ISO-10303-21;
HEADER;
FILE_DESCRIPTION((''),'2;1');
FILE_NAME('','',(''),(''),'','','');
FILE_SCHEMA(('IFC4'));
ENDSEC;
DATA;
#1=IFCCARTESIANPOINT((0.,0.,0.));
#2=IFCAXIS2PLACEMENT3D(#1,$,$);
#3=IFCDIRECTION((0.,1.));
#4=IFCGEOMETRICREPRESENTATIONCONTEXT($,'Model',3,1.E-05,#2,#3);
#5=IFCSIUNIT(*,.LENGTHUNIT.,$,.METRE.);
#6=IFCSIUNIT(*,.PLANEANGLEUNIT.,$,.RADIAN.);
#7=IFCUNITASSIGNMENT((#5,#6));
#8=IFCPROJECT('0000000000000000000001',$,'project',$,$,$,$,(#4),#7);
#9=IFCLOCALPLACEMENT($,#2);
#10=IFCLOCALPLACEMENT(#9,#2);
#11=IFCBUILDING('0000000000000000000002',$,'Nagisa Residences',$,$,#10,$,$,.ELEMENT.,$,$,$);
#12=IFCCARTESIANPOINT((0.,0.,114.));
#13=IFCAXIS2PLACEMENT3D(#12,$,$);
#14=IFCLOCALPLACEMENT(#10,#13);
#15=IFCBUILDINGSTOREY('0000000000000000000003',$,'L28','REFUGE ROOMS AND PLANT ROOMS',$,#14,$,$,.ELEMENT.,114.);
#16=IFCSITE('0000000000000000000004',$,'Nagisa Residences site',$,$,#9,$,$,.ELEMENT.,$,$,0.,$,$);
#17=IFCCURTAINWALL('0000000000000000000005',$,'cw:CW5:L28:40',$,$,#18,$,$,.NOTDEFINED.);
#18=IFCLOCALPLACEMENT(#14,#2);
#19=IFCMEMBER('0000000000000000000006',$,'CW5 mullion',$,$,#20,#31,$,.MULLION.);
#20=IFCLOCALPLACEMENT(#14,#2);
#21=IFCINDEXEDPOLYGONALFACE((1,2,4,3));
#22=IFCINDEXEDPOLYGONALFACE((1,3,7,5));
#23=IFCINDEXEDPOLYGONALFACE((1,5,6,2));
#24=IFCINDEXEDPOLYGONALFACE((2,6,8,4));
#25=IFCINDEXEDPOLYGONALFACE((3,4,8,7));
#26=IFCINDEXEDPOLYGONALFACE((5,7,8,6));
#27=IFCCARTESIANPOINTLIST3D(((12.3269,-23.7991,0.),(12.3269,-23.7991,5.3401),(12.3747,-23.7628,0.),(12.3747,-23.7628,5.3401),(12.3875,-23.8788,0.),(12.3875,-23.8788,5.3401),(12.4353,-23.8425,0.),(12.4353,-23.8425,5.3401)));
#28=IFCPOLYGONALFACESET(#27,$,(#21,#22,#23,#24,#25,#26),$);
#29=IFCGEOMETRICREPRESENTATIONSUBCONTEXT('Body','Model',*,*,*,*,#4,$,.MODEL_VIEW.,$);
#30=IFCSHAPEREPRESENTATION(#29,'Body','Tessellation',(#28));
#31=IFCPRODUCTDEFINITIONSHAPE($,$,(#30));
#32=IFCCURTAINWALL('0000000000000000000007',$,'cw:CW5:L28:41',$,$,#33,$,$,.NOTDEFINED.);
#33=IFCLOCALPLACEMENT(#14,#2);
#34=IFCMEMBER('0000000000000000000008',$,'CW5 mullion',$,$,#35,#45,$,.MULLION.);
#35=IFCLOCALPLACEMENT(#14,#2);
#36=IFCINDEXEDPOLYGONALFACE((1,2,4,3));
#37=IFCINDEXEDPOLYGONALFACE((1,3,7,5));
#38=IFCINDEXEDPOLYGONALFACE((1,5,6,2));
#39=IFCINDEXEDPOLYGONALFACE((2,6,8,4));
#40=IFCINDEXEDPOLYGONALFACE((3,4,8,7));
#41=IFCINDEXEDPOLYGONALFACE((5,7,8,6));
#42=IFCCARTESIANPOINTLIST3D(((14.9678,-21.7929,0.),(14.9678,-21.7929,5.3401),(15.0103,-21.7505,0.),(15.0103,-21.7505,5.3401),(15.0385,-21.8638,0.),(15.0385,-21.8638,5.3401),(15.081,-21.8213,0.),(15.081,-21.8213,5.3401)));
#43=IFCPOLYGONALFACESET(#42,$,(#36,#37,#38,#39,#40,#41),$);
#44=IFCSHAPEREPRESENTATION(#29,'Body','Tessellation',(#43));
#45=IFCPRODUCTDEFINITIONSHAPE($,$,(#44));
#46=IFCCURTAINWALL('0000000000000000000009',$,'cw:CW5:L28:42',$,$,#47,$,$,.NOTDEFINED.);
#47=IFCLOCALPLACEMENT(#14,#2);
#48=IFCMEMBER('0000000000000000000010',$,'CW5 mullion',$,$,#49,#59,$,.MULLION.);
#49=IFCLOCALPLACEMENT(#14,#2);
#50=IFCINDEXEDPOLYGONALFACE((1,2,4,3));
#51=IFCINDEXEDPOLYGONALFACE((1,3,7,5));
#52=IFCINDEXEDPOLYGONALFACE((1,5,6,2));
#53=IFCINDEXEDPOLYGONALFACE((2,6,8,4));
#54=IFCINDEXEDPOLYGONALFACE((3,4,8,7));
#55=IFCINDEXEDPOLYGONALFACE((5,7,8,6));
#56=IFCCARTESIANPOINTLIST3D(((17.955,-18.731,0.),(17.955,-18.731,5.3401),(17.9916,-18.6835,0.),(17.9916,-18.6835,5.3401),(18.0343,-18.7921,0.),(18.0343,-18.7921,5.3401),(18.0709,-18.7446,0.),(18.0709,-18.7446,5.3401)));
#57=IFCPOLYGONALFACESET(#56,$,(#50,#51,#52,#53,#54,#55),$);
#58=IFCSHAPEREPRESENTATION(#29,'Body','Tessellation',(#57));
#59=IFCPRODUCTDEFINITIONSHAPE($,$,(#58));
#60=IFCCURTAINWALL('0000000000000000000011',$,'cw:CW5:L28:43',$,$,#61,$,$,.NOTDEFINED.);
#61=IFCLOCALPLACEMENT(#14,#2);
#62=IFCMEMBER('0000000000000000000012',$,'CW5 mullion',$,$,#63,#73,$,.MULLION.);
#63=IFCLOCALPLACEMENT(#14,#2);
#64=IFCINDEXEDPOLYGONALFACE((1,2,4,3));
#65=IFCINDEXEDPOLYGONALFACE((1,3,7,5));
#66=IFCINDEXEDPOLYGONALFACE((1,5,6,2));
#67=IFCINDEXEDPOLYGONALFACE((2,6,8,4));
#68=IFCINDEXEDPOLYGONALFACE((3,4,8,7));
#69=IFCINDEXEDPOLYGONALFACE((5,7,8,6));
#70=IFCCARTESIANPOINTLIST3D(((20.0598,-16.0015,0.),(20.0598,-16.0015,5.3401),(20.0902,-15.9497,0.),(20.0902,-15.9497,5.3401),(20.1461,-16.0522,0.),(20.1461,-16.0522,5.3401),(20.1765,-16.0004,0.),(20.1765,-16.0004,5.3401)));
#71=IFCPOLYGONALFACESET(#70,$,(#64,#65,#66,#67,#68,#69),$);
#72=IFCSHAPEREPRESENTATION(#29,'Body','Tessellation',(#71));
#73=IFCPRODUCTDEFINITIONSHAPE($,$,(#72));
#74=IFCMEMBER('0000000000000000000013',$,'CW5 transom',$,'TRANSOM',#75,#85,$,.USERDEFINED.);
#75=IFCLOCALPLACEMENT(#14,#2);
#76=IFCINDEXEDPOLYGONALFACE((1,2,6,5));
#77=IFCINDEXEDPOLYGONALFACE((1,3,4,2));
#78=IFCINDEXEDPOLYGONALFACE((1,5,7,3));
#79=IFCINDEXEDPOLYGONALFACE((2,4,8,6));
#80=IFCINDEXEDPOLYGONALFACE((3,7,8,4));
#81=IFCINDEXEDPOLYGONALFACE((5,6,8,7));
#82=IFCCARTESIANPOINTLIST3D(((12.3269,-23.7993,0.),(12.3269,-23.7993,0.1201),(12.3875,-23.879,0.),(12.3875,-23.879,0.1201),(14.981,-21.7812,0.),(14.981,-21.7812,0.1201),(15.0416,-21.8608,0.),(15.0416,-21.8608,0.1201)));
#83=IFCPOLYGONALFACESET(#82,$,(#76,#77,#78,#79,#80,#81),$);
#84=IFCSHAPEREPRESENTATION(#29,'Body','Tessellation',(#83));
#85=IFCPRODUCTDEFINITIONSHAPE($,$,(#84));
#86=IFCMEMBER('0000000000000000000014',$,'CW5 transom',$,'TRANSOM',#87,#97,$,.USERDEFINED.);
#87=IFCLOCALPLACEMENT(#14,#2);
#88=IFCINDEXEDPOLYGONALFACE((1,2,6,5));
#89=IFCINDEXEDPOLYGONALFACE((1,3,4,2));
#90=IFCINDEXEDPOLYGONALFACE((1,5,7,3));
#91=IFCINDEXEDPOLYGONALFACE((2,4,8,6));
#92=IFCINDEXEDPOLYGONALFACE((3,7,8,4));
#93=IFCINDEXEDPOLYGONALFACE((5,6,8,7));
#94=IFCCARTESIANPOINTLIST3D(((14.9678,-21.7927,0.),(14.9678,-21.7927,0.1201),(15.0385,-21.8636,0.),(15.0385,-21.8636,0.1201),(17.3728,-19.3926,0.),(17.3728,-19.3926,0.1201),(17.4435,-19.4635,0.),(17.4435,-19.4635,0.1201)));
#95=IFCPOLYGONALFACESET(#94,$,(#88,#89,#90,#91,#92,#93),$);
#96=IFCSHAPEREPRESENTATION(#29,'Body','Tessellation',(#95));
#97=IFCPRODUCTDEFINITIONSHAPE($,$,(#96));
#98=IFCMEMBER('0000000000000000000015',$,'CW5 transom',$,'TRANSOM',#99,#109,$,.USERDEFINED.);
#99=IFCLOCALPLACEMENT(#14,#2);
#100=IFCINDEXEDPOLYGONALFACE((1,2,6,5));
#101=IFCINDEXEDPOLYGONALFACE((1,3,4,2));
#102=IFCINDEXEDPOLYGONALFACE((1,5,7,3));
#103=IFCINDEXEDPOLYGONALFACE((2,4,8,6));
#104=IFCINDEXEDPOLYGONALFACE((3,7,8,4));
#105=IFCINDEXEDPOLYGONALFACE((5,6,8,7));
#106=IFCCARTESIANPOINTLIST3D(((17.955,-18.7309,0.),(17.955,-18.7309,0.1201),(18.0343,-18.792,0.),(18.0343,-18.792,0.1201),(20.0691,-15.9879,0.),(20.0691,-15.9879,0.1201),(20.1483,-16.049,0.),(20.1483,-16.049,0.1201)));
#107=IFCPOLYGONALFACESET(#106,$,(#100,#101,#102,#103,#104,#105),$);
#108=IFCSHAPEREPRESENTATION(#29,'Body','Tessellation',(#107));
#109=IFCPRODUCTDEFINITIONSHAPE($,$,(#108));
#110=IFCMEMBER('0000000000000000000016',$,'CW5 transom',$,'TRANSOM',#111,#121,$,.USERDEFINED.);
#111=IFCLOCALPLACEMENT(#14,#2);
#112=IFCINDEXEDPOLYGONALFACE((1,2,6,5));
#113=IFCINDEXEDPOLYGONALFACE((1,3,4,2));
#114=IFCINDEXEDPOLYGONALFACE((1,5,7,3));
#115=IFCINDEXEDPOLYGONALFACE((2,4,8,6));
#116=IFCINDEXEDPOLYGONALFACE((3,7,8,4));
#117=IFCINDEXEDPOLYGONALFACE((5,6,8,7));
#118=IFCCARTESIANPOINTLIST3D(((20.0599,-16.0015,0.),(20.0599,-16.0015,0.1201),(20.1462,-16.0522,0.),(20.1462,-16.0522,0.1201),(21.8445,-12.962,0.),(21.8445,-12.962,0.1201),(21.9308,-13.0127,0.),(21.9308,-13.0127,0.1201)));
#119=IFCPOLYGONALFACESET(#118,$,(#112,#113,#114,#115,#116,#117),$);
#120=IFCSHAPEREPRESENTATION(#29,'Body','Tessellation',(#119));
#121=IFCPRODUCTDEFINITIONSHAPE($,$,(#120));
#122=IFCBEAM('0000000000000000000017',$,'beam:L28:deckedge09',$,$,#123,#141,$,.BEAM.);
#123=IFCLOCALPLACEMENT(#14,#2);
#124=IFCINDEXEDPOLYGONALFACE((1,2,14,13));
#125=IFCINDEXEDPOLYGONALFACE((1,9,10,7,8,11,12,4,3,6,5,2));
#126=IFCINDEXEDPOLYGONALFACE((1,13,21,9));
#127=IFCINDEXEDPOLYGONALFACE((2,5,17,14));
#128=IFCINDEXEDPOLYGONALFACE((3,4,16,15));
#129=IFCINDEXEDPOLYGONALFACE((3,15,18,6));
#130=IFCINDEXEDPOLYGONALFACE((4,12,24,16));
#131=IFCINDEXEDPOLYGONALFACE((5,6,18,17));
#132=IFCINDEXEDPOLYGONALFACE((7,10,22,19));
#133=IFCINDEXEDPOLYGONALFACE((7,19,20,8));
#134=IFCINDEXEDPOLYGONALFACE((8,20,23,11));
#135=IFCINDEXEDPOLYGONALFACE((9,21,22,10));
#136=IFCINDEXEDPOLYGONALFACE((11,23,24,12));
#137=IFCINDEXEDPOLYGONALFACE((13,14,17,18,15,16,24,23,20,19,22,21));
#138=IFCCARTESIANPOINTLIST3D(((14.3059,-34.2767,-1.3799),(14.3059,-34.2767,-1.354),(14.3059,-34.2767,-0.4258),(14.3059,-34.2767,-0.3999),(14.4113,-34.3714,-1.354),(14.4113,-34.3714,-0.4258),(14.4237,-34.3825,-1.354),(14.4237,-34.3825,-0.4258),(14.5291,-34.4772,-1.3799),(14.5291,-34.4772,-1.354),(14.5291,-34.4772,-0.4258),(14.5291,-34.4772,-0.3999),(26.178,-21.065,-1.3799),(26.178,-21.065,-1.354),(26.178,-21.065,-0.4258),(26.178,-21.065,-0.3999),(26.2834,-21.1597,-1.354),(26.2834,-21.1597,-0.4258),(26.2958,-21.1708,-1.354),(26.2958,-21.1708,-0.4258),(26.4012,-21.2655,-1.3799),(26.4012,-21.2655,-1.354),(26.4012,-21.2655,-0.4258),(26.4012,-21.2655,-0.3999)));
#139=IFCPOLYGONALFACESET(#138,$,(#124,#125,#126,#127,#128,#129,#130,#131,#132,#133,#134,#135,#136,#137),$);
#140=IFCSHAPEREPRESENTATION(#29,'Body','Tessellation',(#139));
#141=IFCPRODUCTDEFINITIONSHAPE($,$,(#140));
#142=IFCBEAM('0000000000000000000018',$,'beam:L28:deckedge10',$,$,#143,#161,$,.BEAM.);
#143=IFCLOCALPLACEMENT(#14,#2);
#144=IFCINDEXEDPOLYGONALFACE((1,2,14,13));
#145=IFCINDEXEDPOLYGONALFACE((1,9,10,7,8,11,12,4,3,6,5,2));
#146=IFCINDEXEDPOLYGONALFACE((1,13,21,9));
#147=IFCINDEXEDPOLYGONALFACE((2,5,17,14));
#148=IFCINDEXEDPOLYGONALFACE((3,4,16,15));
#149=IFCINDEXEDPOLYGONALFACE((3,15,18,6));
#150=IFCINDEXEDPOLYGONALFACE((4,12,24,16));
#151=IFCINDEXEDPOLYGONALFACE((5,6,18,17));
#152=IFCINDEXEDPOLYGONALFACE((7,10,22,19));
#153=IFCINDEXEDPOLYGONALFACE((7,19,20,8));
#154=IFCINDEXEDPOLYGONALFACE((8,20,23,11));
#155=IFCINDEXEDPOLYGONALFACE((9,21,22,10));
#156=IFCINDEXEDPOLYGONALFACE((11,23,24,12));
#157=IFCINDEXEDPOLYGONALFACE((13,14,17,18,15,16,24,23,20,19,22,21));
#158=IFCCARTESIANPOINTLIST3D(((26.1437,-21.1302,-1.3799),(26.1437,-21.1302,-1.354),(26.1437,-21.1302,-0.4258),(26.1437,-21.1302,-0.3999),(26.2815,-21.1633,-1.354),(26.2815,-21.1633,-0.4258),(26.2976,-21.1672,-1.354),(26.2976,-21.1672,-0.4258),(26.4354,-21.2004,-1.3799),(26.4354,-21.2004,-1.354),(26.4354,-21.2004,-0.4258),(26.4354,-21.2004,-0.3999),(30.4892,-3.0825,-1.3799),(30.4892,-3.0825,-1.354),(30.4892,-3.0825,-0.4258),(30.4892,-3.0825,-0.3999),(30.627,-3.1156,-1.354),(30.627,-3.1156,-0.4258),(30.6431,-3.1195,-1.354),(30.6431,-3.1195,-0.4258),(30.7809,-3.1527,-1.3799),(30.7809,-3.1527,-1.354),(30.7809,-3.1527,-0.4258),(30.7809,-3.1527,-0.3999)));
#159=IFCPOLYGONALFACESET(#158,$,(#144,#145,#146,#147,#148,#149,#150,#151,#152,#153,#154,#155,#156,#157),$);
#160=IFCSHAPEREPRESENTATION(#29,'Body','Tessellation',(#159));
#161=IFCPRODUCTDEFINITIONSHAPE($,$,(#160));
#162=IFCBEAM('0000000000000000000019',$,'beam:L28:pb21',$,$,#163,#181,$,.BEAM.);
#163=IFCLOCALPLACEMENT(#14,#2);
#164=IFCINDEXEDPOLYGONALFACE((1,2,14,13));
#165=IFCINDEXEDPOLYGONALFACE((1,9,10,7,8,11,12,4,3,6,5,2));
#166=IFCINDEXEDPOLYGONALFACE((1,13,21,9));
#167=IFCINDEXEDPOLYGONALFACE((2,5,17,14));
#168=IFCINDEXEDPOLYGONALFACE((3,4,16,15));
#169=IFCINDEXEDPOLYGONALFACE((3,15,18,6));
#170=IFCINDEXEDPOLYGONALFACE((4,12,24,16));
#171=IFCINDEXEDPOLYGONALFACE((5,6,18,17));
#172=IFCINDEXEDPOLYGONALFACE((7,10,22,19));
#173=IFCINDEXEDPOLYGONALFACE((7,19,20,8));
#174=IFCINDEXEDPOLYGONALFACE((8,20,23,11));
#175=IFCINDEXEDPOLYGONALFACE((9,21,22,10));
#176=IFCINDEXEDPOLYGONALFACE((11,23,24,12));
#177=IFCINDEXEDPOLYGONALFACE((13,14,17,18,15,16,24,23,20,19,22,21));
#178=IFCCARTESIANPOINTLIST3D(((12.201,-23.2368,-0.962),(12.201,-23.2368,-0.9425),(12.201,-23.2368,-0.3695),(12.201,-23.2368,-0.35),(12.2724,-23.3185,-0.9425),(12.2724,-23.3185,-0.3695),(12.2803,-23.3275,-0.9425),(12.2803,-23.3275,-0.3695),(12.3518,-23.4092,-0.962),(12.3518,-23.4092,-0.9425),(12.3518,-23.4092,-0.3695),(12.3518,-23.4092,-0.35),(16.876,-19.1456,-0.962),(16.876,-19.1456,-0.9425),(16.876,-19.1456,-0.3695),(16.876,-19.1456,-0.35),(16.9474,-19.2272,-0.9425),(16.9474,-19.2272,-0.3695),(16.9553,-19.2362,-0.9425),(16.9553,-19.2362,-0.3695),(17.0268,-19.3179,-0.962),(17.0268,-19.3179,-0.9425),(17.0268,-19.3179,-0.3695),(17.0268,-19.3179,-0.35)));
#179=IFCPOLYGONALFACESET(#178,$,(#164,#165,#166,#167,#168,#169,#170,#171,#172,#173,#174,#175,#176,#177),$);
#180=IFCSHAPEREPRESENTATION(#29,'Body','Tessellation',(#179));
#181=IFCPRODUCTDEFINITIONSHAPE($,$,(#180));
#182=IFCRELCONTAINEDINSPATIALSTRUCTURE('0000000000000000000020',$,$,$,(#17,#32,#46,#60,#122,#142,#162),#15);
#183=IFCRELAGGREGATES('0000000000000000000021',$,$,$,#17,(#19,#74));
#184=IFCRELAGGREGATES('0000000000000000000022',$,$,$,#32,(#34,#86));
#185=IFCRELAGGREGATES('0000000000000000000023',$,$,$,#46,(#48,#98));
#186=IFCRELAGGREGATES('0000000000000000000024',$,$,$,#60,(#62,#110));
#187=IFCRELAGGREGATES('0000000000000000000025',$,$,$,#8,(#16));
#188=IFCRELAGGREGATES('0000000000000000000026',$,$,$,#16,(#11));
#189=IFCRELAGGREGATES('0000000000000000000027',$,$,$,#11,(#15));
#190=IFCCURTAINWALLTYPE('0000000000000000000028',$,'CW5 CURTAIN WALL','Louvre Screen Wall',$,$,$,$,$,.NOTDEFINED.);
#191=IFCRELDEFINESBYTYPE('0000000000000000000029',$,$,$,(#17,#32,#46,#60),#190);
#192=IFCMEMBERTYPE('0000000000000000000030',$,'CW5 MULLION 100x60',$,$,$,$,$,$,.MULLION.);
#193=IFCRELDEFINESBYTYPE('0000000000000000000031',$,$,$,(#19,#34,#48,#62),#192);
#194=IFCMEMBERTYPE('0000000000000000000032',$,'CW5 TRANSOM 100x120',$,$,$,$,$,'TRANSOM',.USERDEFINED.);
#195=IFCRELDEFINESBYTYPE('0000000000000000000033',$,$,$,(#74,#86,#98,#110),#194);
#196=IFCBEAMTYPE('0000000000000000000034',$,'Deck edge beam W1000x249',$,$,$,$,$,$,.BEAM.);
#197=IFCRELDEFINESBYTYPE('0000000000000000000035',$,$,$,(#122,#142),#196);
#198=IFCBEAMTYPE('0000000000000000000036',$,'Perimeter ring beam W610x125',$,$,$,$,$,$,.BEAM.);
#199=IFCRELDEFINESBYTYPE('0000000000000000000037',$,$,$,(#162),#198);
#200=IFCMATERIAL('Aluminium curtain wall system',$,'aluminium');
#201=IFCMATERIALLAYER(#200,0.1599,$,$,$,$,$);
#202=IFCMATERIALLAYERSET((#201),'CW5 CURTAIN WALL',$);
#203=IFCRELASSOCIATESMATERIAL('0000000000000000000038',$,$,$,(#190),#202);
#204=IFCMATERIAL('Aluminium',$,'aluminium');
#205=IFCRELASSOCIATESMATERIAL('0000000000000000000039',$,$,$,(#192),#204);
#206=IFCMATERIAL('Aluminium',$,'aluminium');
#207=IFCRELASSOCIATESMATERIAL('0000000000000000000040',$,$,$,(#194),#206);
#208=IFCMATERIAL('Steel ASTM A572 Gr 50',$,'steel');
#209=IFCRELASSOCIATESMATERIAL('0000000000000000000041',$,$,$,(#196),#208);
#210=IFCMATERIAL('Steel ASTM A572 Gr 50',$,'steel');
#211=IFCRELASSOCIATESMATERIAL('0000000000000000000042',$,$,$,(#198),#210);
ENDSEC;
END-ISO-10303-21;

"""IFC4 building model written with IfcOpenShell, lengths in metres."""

from ifc_helpers import new_model, si_unit, direction, frame, origin, origin_2d, place, context, subcontext, project, spatial, rectangle, i_section, extrude, material, layer, layer_set, material_profile, profile_set, type_object, element, aggregate, save


model = new_model("IFC4")

# Units and contexts
model_context = context("Model", 3, precision=1e-05, world=origin(), true_north=direction((0.0, 1.0)))
body_context = subcontext(model_context, "Body", "Model", "MODEL_VIEW")
ifc_project = project(units=[si_unit("LENGTHUNIT", "METRE"), si_unit("PLANEANGLEUNIT", "RADIAN")], contexts=[model_context])

# Site, building, storey
site_placement = place(None, origin())
site = spatial("IfcSite", under=ifc_project, at=site_placement, Name="Nagisa Residences site", CompositionType="ELEMENT", RefElevation=0.0)
building_placement = place(site_placement, origin())
building = spatial("IfcBuilding", under=site, at=building_placement, Name="Nagisa Residences", CompositionType="ELEMENT")
storey_placement = place(building_placement, frame((0.0, 0.0, 114.0)))
storey = spatial("IfcBuildingStorey", under=building, at=storey_placement, Name="L28", Description="REFUGE ROOMS AND PLANT ROOMS", CompositionType="ELEMENT", Elevation=114.0)

# Curtain walls, members
ifc_material_1 = material(Name="Aluminium curtain wall system", Category="aluminium")
ifc_layer_1 = layer(ifc_material_1, 0.1599)
ifc_layer_set_1 = layer_set([ifc_layer_1], Name="CW5 CURTAIN WALL")
curtain_wall_type = type_object("IfcCurtainWallType", Name="CW5 CURTAIN WALL", Description="Louvre Screen Wall", PredefinedType="NOTDEFINED", material=ifc_layer_set_1)
curtain_wall_1_placement = place(storey_placement, origin())
curtain_wall_1 = element("IfcCurtainWall", 1, at=curtain_wall_1_placement, inside=storey, type_object=curtain_wall_type, Name="cw:CW5:L28:40", PredefinedType="NOTDEFINED")
ifc_material_2 = material(Name="Aluminium", Category="aluminium")
ifc_material_profile_1 = material_profile(ifc_material_2, rectangle(XDim=0.1001, YDim=0.0601, at=origin_2d()), Name="CW5 MULLION 100x60")
ifc_profile_set_1 = profile_set([ifc_material_profile_1], Name="Aluminium")
member_type_1 = type_object("IfcMemberType", Name="CW5 MULLION 100x60", PredefinedType="MULLION", material=ifc_profile_set_1)
member_1_placement = place(storey_placement, frame((12.3811, -23.8208, 0.0), z_axis=(0.0, 0.0, 1.0), x_axis=(-0.605255, 0.796031, 0.0)))
member_1 = element("IfcMember", 2, at=member_1_placement, type_object=member_type_1, Name="CW5 mullion", PredefinedType="MULLION", context=body_context, shape_type="SweptSolid", body=[
    extrude(rectangle(XDim=0.1001, YDim=0.0601, at=origin_2d()), origin(), (0.0, 0.0, 1.0), 5.3401),
])
curtain_wall_2_placement = place(storey_placement, origin())
curtain_wall_2 = element("IfcCurtainWall", 3, at=curtain_wall_2_placement, inside=storey, type_object=curtain_wall_type, Name="cw:CW5:L28:41", PredefinedType="NOTDEFINED")
member_2_placement = place(storey_placement, frame((15.0244, -21.8071, 0.0), z_axis=(0.0, 0.0, 1.0), x_axis=(-0.706377, 0.707836, 0.0)))
member_2 = element("IfcMember", 4, at=member_2_placement, type_object=member_type_1, Name="CW5 mullion", PredefinedType="MULLION", context=body_context, shape_type="SweptSolid", body=[
    extrude(rectangle(XDim=0.1001, YDim=0.0601, at=origin_2d()), origin(), (0.0, 0.0, 1.0), 5.3401),
])
curtain_wall_3_placement = place(storey_placement, origin())
curtain_wall_3 = element("IfcCurtainWall", 5, at=curtain_wall_3_placement, inside=storey, type_object=curtain_wall_type, Name="cw:CW5:L28:42", PredefinedType="NOTDEFINED")
member_3_placement = place(storey_placement, frame((18.0129, -18.7378, 0.0), z_axis=(0.0, 0.0, 1.0), x_axis=(-0.79207, 0.61043, 0.0)))
member_3 = element("IfcMember", 6, at=member_3_placement, type_object=member_type_1, Name="CW5 mullion", PredefinedType="MULLION", context=body_context, shape_type="SweptSolid", body=[
    extrude(rectangle(XDim=0.1001, YDim=0.0601, at=origin_2d()), origin(), (0.0, 0.0, 1.0), 5.3401),
])
curtain_wall_4_placement = place(storey_placement, origin())
curtain_wall_4 = element("IfcCurtainWall", 7, at=curtain_wall_4_placement, inside=storey, type_object=curtain_wall_type, Name="cw:CW5:L28:43", PredefinedType="NOTDEFINED")
member_4_placement = place(storey_placement, frame((20.1182, -16.001, 0.0), z_axis=(0.0, 0.0, 1.0), x_axis=(-0.862329, 0.506349, 0.0)))
member_4 = element("IfcMember", 8, at=member_4_placement, type_object=member_type_1, Name="CW5 mullion", PredefinedType="MULLION", context=body_context, shape_type="SweptSolid", body=[
    extrude(rectangle(XDim=0.1001, YDim=0.0601, at=origin_2d()), origin(), (0.0, 0.0, 1.0), 5.3401),
])

# Members
ifc_material_3 = material(Name="Aluminium", Category="aluminium")
ifc_material_profile_2 = material_profile(ifc_material_3, rectangle(XDim=0.1001, YDim=0.1201, at=origin_2d()), Name="CW5 TRANSOM 100x120")
ifc_profile_set_2 = profile_set([ifc_material_profile_2], Name="Aluminium")
member_type_2 = type_object("IfcMemberType", Name="CW5 TRANSOM 100x120", ElementType="TRANSOM", PredefinedType="USERDEFINED", material=ifc_profile_set_2)
member_5_placement = place(storey_placement, frame((12.3572, -23.8391, 0.0601), z_axis=(0.79602, 0.605271, 0.0), x_axis=(-0.605271, 0.79602, 0.0)))
member_5 = element("IfcMember", 9, at=member_5_placement, type_object=member_type_2, Name="CW5 transom", ObjectType="TRANSOM", PredefinedType="USERDEFINED", context=body_context, shape_type="SweptSolid", body=[
    extrude(rectangle(XDim=0.1001, YDim=0.1201, at=origin_2d()), origin(), (0.0, 0.0, 1.0), 3.3342),
])
aggregate(curtain_wall_1, [member_1, member_5])
member_6_placement = place(storey_placement, frame((15.0032, -21.8281, 0.0601), z_axis=(0.707825, 0.706388, 0.0), x_axis=(-0.706388, 0.707825, 0.0)))
member_6 = element("IfcMember", 10, at=member_6_placement, type_object=member_type_2, Name="CW5 transom", ObjectType="TRANSOM", PredefinedType="USERDEFINED", context=body_context, shape_type="SweptSolid", body=[
    extrude(rectangle(XDim=0.1001, YDim=0.1201, at=origin_2d()), origin(), (0.0, 0.0, 1.0), 3.3977),
])
aggregate(curtain_wall_2, [member_2, member_6])
member_7_placement = place(storey_placement, frame((17.9946, -18.7615, 0.0601), z_axis=(0.61045, 0.792055, 0.0), x_axis=(-0.792055, 0.61045, 0.0)))
member_7 = element("IfcMember", 11, at=member_7_placement, type_object=member_type_2, Name="CW5 transom", ObjectType="TRANSOM", PredefinedType="USERDEFINED", context=body_context, shape_type="SweptSolid", body=[
    extrude(rectangle(XDim=0.1001, YDim=0.1201, at=origin_2d()), origin(), (0.0, 0.0, 1.0), 3.4631),
])
aggregate(curtain_wall_3, [member_3, member_7])
member_8_placement = place(storey_placement, frame((20.103, -16.0269, 0.0601), z_axis=(0.506324, 0.862343, 0.0), x_axis=(-0.862343, 0.506324, 0.0)))
member_8 = element("IfcMember", 12, at=member_8_placement, type_object=member_type_2, Name="CW5 transom", ObjectType="TRANSOM", PredefinedType="USERDEFINED", context=body_context, shape_type="SweptSolid", body=[
    extrude(rectangle(XDim=0.1001, YDim=0.1201, at=origin_2d()), origin(), (0.0, 0.0, 1.0), 3.5247),
])
aggregate(curtain_wall_4, [member_4, member_8])

# Beams
ifc_material_4 = material(Name="Steel ASTM A572 Gr 50", Category="steel")
ifc_material_profile_3 = material_profile(ifc_material_4, i_section(OverallWidth=0.3, OverallDepth=0.98, WebThickness=0.0166, FlangeThickness=0.0259, at=origin_2d()), Name="W1000x249")
ifc_profile_set_3 = profile_set([ifc_material_profile_3], Name="Steel ASTM A572 Gr 50")
beam_type_1 = type_object("IfcBeamType", Name="Deck edge beam W1000x249", PredefinedType="BEAM", material=ifc_profile_set_3)
beam_1_placement = place(storey_placement, frame((14.4175, -34.377, -0.8899), z_axis=(0.668391, 0.74381, 0.0), x_axis=(-0.74381, 0.668391, 0.0)))
element("IfcBeam", 13, at=beam_1_placement, inside=storey, type_object=beam_type_1, Name="beam:L28:deckedge09", PredefinedType="BEAM", context=body_context, shape_type="SweptSolid", body=[
    extrude(i_section(OverallWidth=0.3, OverallDepth=0.98, WebThickness=0.0166, FlangeThickness=0.0259, at=origin_2d()), origin(), (0.0, 0.0, 1.0), 17.7622),
])
beam_2_placement = place(storey_placement, frame((26.2896, -21.1653, -0.8899), z_axis=(0.234088, 0.972215, 0.0), x_axis=(-0.972215, 0.234088, 0.0)))
element("IfcBeam", 14, at=beam_2_placement, inside=storey, type_object=beam_type_1, Name="beam:L28:deckedge10", PredefinedType="BEAM", context=body_context, shape_type="SweptSolid", body=[
    extrude(i_section(OverallWidth=0.3, OverallDepth=0.98, WebThickness=0.0166, FlangeThickness=0.0259, at=origin_2d()), origin(), (0.0, 0.0, 1.0), 18.5635),
])
ifc_material_5 = material(Name="Steel ASTM A572 Gr 50", Category="steel")
ifc_material_profile_4 = material_profile(ifc_material_5, i_section(OverallWidth=0.229, OverallDepth=0.6121, WebThickness=0.012, FlangeThickness=0.0195, at=origin_2d()), Name="W610x125")
ifc_profile_set_4 = profile_set([ifc_material_profile_4], Name="Steel ASTM A572 Gr 50")
beam_type_2 = type_object("IfcBeamType", Name="Perimeter ring beam W610x125", PredefinedType="BEAM", material=ifc_profile_set_4)
beam_3_placement = place(storey_placement, frame((12.2764, -23.323, -0.656), z_axis=(0.752526, 0.658563, 0.0), x_axis=(-0.658563, 0.752526, 0.0)))
element("IfcBeam", 15, at=beam_3_placement, inside=storey, type_object=beam_type_2, Name="beam:L28:pb21", PredefinedType="BEAM", context=body_context, shape_type="SweptSolid", body=[
    extrude(i_section(OverallWidth=0.229, OverallDepth=0.6121, WebThickness=0.012, FlangeThickness=0.0195, at=origin_2d()), origin(), (0.0, 0.0, 1.0), 6.2124),
])

save(model, "model.ifc")
